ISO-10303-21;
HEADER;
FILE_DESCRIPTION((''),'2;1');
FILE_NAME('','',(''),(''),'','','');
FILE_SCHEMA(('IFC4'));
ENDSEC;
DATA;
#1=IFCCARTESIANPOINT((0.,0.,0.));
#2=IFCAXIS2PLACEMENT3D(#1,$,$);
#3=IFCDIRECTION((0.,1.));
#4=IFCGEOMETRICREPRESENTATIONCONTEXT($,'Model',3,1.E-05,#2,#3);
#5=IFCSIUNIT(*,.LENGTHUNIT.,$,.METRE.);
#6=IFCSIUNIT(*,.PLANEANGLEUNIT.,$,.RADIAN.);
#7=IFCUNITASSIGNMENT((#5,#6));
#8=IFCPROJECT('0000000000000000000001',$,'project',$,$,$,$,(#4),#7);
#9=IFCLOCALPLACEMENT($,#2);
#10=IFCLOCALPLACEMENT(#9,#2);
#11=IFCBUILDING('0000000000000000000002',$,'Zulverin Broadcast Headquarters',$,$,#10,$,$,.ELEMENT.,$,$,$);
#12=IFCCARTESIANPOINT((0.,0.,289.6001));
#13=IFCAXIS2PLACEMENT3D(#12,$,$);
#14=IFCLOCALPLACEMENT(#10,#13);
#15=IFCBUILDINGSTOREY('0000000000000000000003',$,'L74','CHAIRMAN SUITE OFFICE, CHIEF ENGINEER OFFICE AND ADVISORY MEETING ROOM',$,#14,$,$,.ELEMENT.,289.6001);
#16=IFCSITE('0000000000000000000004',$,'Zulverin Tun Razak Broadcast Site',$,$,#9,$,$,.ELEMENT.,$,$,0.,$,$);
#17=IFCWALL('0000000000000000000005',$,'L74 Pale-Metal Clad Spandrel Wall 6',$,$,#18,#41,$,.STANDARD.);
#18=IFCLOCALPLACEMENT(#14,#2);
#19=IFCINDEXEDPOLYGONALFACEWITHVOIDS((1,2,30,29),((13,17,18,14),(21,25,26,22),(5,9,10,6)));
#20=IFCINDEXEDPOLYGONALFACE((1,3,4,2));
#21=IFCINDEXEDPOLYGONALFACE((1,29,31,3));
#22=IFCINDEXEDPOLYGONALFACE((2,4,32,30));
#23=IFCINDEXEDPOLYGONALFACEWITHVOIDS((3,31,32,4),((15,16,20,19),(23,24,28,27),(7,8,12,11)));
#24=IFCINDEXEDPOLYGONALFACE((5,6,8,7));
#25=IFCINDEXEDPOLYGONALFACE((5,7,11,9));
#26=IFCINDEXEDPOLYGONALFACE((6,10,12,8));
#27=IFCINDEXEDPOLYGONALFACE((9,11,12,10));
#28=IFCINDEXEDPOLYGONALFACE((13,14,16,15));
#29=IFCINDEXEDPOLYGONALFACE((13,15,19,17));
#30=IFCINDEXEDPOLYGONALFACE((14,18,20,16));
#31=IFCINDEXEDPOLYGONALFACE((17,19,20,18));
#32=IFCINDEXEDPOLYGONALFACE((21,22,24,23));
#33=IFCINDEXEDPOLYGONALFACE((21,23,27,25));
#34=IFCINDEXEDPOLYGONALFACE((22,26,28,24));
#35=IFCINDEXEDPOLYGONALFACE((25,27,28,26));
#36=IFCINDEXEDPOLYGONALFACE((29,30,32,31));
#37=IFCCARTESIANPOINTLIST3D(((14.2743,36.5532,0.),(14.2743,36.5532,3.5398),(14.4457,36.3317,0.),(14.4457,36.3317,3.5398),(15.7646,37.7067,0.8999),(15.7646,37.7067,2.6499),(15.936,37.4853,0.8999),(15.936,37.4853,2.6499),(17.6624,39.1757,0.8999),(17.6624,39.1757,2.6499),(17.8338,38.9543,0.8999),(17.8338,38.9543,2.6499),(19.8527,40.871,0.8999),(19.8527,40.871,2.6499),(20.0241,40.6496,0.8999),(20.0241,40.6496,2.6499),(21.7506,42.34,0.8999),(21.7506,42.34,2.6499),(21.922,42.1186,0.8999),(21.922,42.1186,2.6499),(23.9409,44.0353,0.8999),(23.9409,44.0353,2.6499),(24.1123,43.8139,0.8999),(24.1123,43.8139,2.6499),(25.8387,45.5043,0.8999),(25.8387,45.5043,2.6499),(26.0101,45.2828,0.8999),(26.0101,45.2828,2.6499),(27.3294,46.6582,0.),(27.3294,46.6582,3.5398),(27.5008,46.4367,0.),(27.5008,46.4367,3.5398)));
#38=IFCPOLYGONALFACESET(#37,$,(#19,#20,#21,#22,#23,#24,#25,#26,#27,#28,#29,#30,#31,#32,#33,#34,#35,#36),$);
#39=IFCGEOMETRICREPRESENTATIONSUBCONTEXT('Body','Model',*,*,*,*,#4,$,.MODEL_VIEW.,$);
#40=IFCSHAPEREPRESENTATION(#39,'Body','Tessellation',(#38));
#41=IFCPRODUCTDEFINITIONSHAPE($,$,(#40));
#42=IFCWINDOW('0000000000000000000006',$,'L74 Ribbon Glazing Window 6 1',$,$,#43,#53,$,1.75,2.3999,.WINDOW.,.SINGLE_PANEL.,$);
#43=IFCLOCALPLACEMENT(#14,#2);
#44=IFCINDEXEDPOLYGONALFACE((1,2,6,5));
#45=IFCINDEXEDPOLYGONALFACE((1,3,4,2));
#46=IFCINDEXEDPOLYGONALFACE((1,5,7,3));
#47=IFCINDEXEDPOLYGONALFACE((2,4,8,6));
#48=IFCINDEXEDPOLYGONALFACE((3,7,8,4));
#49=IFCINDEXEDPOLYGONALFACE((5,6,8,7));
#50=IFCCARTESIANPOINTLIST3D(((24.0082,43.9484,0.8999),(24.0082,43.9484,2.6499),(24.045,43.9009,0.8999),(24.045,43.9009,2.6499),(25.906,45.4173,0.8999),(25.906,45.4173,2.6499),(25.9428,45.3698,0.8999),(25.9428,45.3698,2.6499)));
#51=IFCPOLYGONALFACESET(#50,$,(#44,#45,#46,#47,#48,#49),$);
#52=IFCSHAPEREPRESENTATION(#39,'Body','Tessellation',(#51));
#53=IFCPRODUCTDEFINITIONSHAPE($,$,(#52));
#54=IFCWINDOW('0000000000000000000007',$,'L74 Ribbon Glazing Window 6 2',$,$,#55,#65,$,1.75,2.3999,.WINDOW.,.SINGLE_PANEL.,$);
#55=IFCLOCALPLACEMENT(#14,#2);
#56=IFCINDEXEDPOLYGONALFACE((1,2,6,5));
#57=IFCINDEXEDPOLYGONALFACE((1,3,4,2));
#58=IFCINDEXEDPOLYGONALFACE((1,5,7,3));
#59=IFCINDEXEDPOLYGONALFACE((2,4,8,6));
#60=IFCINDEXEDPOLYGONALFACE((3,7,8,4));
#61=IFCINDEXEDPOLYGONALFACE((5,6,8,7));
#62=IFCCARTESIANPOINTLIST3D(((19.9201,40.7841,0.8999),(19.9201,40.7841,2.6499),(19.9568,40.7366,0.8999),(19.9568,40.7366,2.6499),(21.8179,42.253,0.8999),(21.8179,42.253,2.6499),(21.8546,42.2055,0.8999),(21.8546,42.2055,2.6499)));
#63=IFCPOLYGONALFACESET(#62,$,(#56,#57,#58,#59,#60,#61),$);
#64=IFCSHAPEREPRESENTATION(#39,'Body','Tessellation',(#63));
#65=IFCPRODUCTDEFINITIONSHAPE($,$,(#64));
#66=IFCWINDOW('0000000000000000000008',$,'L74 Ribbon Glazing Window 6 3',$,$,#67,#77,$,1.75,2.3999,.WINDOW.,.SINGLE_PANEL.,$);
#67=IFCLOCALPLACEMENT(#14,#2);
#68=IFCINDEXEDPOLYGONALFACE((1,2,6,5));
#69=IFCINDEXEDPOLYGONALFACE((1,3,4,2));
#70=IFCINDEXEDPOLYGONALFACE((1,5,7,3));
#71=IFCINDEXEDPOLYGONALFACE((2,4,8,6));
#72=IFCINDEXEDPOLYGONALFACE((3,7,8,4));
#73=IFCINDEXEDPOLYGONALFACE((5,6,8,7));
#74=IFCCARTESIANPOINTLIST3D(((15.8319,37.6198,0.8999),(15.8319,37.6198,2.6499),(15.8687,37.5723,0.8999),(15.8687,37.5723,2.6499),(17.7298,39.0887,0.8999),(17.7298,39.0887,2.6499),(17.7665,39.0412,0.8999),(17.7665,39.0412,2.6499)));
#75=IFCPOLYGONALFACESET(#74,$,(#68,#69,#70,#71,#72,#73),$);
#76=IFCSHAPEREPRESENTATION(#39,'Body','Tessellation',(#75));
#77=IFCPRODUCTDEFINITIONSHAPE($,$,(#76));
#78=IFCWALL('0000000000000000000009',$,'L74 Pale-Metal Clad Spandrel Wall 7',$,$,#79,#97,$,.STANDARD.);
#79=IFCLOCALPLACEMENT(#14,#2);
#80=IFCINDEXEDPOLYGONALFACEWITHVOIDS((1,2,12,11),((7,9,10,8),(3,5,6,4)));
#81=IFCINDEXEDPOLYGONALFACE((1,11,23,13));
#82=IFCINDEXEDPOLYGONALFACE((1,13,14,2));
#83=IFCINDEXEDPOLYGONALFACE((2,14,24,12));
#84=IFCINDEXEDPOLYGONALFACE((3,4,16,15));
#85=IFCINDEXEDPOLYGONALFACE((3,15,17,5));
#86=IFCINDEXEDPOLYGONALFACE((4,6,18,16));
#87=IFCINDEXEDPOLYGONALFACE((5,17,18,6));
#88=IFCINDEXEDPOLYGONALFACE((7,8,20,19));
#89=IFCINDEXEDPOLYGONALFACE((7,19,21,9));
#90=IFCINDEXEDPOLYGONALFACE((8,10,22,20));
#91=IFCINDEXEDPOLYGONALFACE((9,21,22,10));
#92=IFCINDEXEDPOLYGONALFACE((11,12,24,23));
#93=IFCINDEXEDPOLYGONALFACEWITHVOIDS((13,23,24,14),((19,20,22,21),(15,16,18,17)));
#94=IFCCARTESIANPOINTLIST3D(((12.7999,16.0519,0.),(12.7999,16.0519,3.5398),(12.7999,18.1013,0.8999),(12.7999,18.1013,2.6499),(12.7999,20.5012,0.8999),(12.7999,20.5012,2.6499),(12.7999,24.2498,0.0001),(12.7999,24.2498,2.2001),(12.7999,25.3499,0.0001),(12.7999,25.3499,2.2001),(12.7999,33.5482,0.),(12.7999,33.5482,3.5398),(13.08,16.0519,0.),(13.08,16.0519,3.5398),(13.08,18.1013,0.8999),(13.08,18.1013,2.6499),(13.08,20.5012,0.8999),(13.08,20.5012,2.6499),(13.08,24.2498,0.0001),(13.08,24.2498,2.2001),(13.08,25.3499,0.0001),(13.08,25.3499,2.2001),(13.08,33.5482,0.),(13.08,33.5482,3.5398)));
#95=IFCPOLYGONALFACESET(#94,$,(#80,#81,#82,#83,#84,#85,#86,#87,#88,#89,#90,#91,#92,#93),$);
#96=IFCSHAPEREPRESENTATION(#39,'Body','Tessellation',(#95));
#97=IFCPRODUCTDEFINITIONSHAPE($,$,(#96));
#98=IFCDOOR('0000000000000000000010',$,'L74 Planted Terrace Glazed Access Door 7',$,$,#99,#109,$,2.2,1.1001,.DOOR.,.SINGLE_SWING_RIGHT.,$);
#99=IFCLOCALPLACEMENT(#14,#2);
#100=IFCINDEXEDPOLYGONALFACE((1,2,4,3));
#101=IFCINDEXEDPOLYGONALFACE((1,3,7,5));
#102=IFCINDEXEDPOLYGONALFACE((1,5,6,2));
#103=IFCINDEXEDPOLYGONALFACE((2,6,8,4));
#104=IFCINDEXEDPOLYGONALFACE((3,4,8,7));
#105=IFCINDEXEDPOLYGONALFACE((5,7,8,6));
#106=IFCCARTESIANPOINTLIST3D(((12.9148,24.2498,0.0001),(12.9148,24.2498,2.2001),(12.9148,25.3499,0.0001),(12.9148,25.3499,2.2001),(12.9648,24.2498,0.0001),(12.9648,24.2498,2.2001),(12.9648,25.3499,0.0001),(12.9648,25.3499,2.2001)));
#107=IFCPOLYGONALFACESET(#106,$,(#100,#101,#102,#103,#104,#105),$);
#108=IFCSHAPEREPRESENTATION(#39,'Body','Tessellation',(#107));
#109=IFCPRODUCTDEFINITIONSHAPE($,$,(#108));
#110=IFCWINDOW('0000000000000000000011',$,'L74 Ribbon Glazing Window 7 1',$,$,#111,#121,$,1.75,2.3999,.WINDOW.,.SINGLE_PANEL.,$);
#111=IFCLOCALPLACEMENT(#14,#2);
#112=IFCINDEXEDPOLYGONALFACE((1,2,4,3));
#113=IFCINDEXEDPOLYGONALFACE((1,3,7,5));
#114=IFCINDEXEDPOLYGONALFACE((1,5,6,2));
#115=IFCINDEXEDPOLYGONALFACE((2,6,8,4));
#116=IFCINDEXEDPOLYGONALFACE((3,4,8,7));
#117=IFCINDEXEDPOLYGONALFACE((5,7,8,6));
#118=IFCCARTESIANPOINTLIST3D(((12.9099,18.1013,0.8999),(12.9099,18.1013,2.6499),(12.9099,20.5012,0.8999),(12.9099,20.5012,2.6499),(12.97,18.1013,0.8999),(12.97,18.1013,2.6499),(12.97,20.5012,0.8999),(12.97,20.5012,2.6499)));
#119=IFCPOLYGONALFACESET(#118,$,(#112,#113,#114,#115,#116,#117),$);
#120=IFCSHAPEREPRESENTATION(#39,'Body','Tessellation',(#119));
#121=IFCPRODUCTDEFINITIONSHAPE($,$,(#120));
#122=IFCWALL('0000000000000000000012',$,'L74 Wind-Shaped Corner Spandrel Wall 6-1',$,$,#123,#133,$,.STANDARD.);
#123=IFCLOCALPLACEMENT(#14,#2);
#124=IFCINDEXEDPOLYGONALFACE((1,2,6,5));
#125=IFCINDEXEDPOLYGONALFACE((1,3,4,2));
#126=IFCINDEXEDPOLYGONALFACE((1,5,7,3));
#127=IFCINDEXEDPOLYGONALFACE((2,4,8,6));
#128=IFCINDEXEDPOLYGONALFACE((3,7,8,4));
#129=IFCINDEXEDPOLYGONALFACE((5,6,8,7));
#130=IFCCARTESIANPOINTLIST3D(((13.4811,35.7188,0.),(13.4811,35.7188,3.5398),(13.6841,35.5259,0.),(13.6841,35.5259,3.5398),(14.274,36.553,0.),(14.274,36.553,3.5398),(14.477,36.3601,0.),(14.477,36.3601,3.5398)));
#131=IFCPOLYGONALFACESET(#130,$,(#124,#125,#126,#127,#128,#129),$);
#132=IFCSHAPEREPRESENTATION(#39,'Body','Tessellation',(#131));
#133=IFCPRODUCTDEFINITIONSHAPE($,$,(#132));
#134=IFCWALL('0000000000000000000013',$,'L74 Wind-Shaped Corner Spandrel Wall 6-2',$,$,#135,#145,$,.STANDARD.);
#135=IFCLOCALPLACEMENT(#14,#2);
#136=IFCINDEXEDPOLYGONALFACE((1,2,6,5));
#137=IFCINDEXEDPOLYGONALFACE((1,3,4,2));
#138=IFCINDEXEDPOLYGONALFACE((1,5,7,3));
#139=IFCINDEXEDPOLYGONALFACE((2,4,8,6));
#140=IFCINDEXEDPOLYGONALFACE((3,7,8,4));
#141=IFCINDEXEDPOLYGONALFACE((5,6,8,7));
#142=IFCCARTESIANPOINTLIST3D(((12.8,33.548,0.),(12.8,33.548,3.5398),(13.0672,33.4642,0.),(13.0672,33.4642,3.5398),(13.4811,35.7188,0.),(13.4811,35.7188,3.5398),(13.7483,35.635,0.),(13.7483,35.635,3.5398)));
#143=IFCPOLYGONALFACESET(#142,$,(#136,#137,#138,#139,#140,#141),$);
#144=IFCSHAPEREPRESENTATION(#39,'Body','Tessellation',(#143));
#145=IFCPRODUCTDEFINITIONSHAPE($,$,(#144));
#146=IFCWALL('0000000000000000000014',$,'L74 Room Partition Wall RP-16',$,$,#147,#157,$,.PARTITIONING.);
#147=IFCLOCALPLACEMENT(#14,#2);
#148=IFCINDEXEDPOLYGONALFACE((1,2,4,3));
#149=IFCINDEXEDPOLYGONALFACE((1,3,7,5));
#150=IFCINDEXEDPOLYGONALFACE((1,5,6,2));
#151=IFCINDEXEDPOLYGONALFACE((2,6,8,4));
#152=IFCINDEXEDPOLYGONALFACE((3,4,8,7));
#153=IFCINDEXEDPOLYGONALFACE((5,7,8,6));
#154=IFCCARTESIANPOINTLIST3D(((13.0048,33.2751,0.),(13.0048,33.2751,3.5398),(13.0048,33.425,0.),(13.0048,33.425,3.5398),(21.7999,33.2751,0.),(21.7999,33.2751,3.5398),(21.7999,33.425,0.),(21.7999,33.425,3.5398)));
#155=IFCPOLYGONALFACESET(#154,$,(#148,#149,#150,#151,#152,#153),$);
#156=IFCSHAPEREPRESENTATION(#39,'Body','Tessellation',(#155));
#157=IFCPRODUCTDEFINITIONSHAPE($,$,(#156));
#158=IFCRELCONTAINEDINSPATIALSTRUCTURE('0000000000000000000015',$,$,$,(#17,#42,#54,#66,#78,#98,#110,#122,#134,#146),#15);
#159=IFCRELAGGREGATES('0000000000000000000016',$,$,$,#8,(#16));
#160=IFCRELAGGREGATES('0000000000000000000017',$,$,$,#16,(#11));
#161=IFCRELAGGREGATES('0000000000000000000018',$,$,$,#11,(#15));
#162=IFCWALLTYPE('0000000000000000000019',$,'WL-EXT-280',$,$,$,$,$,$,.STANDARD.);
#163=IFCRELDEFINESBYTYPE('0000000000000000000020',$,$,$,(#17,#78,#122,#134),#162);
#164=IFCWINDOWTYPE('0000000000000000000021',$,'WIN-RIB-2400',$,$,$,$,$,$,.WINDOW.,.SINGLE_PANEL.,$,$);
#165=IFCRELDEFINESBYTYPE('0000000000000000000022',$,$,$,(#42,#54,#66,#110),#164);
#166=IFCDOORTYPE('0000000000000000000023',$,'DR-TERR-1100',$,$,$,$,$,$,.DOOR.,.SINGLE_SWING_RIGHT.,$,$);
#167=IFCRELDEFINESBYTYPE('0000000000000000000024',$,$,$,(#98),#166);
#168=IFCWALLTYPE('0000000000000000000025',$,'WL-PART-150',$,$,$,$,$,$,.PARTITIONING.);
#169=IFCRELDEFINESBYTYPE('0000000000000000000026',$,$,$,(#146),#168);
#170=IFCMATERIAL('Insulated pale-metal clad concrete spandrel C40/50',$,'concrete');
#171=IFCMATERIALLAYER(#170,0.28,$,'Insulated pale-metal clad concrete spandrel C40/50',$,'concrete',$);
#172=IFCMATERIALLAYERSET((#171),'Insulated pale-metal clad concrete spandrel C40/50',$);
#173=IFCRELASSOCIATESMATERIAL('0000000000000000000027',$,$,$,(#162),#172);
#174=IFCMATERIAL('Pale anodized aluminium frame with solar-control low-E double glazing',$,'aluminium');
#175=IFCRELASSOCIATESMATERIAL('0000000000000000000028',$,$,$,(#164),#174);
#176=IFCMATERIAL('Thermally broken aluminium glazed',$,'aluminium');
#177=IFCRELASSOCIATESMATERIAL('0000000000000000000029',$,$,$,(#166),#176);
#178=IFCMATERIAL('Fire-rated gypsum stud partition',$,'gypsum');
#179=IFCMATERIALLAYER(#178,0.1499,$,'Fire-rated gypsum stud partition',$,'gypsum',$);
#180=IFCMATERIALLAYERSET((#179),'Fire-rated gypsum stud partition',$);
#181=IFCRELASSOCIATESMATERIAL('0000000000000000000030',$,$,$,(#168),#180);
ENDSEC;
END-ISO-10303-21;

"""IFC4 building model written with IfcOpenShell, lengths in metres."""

from ifc_helpers import new_model, si_unit, direction, frame, frame_2d, origin, place, context, subcontext, project, spatial, rectangle, extrude, material, layer, layer_set, type_object, element, fill, save


model = new_model("IFC4")

# Units and contexts
model_context = context("Model", 3, precision=1e-05, world=origin(), true_north=direction((0.0, 1.0)))
body_context = subcontext(model_context, "Body", "Model", "MODEL_VIEW")
ifc_project = project(units=[si_unit("LENGTHUNIT", "METRE"), si_unit("PLANEANGLEUNIT", "RADIAN")], contexts=[model_context])

# Site, building, storey
site_placement = place(None, origin())
site = spatial("IfcSite", under=ifc_project, at=site_placement, Name="Zulverin Tun Razak Broadcast Site", CompositionType="ELEMENT", RefElevation=0.0)
building_placement = place(site_placement, origin())
building = spatial("IfcBuilding", under=site, at=building_placement, Name="Zulverin Broadcast Headquarters", CompositionType="ELEMENT")
storey_placement = place(building_placement, frame((0.0, 0.0, 289.6001)))
storey = spatial("IfcBuildingStorey", under=building, at=storey_placement, Name="L74", Description="CHAIRMAN SUITE OFFICE, CHIEF ENGINEER OFFICE AND ADVISORY MEETING ROOM", CompositionType="ELEMENT", Elevation=289.6001)

# Wall, openings, windows
ifc_material_1 = material(Name="Insulated pale-metal clad concrete spandrel C40/50", Category="concrete")
ifc_layer_1 = layer(ifc_material_1, 0.28, Name="Insulated pale-metal clad concrete spandrel C40/50", Category="concrete")
ifc_layer_set_1 = layer_set([ifc_layer_1], Name="Insulated pale-metal clad concrete spandrel C40/50")
wall_type_1 = type_object("IfcWallType", Name="WL-EXT-280", PredefinedType="STANDARD", material=ifc_layer_set_1)
wall_1_placement = place(storey_placement, frame((27.415, 46.5474, 0.0), z_axis=(0.0, 0.0, 1.0), x_axis=(-0.79079, -0.612088, 0.0)))
wall_1 = element("IfcWall", 1, at=wall_1_placement, inside=storey, type_object=wall_type_1, Name="L74 Pale-Metal Clad Spandrel Wall 6", PredefinedType="STANDARD", context=body_context, shape_type="SweptSolid", body=[
    extrude(rectangle(XDim=16.509, YDim=0.28, at=frame_2d((8.2544, 0.0))), origin(), (0.0, 0.0, 1.0), 3.5398),
])
opening_1_placement = place(wall_1_placement, frame((1.885, 0.0, 0.8999)))
opening_1 = element("IfcOpeningElement", 2, at=opening_1_placement, cuts=wall_1, PredefinedType="OPENING", context=body_context, shape_type="SweptSolid", body=[
    extrude(rectangle(XDim=2.3999, YDim=1.75, at=frame_2d((1.2, 0.875))), frame((0.0, 0.1499, 0.0), z_axis=(0.0, -1.0, 0.0), x_axis=(1.0, 0.0, 0.0)), (0.0, 0.0, 1.0), 0.3),
])
opening_2_placement = place(wall_1_placement, frame((7.0547, 0.0, 0.8999)))
opening_2 = element("IfcOpeningElement", 3, at=opening_2_placement, cuts=wall_1, PredefinedType="OPENING", context=body_context, shape_type="SweptSolid", body=[
    extrude(rectangle(XDim=2.3999, YDim=1.75, at=frame_2d((1.2, 0.875))), frame((0.0, 0.1499, 0.0), z_axis=(0.0, -1.0, 0.0), x_axis=(1.0, 0.0, 0.0)), (0.0, 0.0, 1.0), 0.3),
])
opening_3_placement = place(wall_1_placement, frame((12.2244, 0.0, 0.8999)))
opening_3 = element("IfcOpeningElement", 4, at=opening_3_placement, cuts=wall_1, PredefinedType="OPENING", context=body_context, shape_type="SweptSolid", body=[
    extrude(rectangle(XDim=2.3999, YDim=1.75, at=frame_2d((1.2, 0.875))), frame((0.0, 0.1499, 0.0), z_axis=(0.0, -1.0, 0.0), x_axis=(1.0, 0.0, 0.0)), (0.0, 0.0, 1.0), 0.3),
])
ifc_material_2 = material(Name="Pale anodized aluminium frame with solar-control low-E double glazing", Category="aluminium")
window_type = type_object("IfcWindowType", Name="WIN-RIB-2400", PartitioningType="SINGLE_PANEL", PredefinedType="WINDOW", material=ifc_material_2)
window_1_placement = place(opening_1_placement, origin())
window_1 = element("IfcWindow", 5, at=window_1_placement, inside=storey, type_object=window_type, Name="L74 Ribbon Glazing Window 6 1", OverallHeight=1.75, OverallWidth=2.3999, PartitioningType="SINGLE_PANEL", PredefinedType="WINDOW", context=body_context, shape_type="SweptSolid", body=[
    extrude(rectangle(XDim=2.3999, YDim=1.75, at=frame_2d((1.2, 0.875))), frame((0.0, 0.03, 0.0), z_axis=(0.0, -1.0, 0.0), x_axis=(1.0, 0.0, 0.0)), (0.0, 0.0, 1.0), 0.0601),
])
fill(opening_1, window_1)
window_2_placement = place(opening_2_placement, origin())
window_2 = element("IfcWindow", 6, at=window_2_placement, inside=storey, type_object=window_type, Name="L74 Ribbon Glazing Window 6 2", OverallHeight=1.75, OverallWidth=2.3999, PartitioningType="SINGLE_PANEL", PredefinedType="WINDOW", context=body_context, shape_type="SweptSolid", body=[
    extrude(rectangle(XDim=2.3999, YDim=1.75, at=frame_2d((1.2, 0.875))), frame((0.0, 0.03, 0.0), z_axis=(0.0, -1.0, 0.0), x_axis=(1.0, 0.0, 0.0)), (0.0, 0.0, 1.0), 0.0601),
])
fill(opening_2, window_2)
window_3_placement = place(opening_3_placement, origin())
window_3 = element("IfcWindow", 7, at=window_3_placement, inside=storey, type_object=window_type, Name="L74 Ribbon Glazing Window 6 3", OverallHeight=1.75, OverallWidth=2.3999, PartitioningType="SINGLE_PANEL", PredefinedType="WINDOW", context=body_context, shape_type="SweptSolid", body=[
    extrude(rectangle(XDim=2.3999, YDim=1.75, at=frame_2d((1.2, 0.875))), frame((0.0, 0.03, 0.0), z_axis=(0.0, -1.0, 0.0), x_axis=(1.0, 0.0, 0.0)), (0.0, 0.0, 1.0), 0.0601),
])
fill(opening_3, window_3)

# Wall, openings, door, window
wall_2_placement = place(storey_placement, frame((12.9399, 33.5481, 0.0), z_axis=(0.0, 0.0, 1.0), x_axis=(0.0, -1.0, 0.0)))
wall_2 = element("IfcWall", 8, at=wall_2_placement, inside=storey, type_object=wall_type_1, Name="L74 Pale-Metal Clad Spandrel Wall 7", PredefinedType="STANDARD", context=body_context, shape_type="SweptSolid", body=[
    extrude(rectangle(XDim=17.4963, YDim=0.28, at=frame_2d((8.748, 0.0))), origin(), (0.0, 0.0, 1.0), 3.5398),
])
opening_4_placement = place(wall_2_placement, frame((8.1982, 0.0, 0.0)))
opening_4 = element("IfcOpeningElement", 9, at=opening_4_placement, cuts=wall_2, PredefinedType="OPENING", context=body_context, shape_type="SweptSolid", body=[
    extrude(rectangle(XDim=1.1001, YDim=2.2, at=frame_2d((0.55, 1.1001))), frame((0.0, 0.1499, 0.0), z_axis=(0.0, -1.0, 0.0), x_axis=(1.0, 0.0, 0.0)), (0.0, 0.0, 1.0), 0.3),
])
opening_5_placement = place(wall_2_placement, frame((13.0469, 0.0, 0.8999)))
opening_5 = element("IfcOpeningElement", 10, at=opening_5_placement, cuts=wall_2, PredefinedType="OPENING", context=body_context, shape_type="SweptSolid", body=[
    extrude(rectangle(XDim=2.3999, YDim=1.75, at=frame_2d((1.2, 0.875))), frame((0.0, 0.1499, 0.0), z_axis=(0.0, -1.0, 0.0), x_axis=(1.0, 0.0, 0.0)), (0.0, 0.0, 1.0), 0.3),
])
ifc_material_3 = material(Name="Thermally broken aluminium glazed", Category="aluminium")
door_type_1 = type_object("IfcDoorType", Name="DR-TERR-1100", OperationType="SINGLE_SWING_RIGHT", PredefinedType="DOOR", material=ifc_material_3)
door_1_placement = place(opening_4_placement, origin())
door_1 = element("IfcDoor", 11, at=door_1_placement, inside=storey, type_object=door_type_1, Name="L74 Planted Terrace Glazed Access Door 7", OperationType="SINGLE_SWING_RIGHT", OverallHeight=2.2, OverallWidth=1.1001, PredefinedType="DOOR", context=body_context, shape_type="SweptSolid", body=[
    extrude(rectangle(XDim=1.1001, YDim=2.2, at=frame_2d((0.55, 1.1001))), frame((0.0, 0.0249, 0.0), z_axis=(0.0, -1.0, 0.0), x_axis=(1.0, 0.0, 0.0)), (0.0, 0.0, 1.0), 0.05),
])
fill(opening_4, door_1)
window_4_placement = place(opening_5_placement, origin())
window_4 = element("IfcWindow", 12, at=window_4_placement, inside=storey, type_object=window_type, Name="L74 Ribbon Glazing Window 7 1", OverallHeight=1.75, OverallWidth=2.3999, PartitioningType="SINGLE_PANEL", PredefinedType="WINDOW", context=body_context, shape_type="SweptSolid", body=[
    extrude(rectangle(XDim=2.3999, YDim=1.75, at=frame_2d((1.2, 0.875))), frame((0.0, 0.03, 0.0), z_axis=(0.0, -1.0, 0.0), x_axis=(1.0, 0.0, 0.0)), (0.0, 0.0, 1.0), 0.0601),
])
fill(opening_5, window_4)

# Walls
wall_3_placement = place(storey_placement, frame((14.3755, 36.4565, 0.0), z_axis=(0.0, 0.0, 1.0), x_axis=(-0.688956, -0.724803, 0.0)))
element("IfcWall", 13, at=wall_3_placement, inside=storey, type_object=wall_type_1, Name="L74 Wind-Shaped Corner Spandrel Wall 6-1", PredefinedType="STANDARD", context=body_context, shape_type="SweptSolid", body=[
    extrude(rectangle(XDim=1.1509, YDim=0.28, at=frame_2d((0.5754, 0.0))), origin(), (0.0, 0.0, 1.0), 3.5398),
])
wall_4_placement = place(storey_placement, frame((13.6147, 35.677, 0.0), z_axis=(0.0, 0.0, 1.0), x_axis=(-0.299375, -0.954136, 0.0)))
element("IfcWall", 14, at=wall_4_placement, inside=storey, type_object=wall_type_1, Name="L74 Wind-Shaped Corner Spandrel Wall 6-2", PredefinedType="STANDARD", context=body_context, shape_type="SweptSolid", body=[
    extrude(rectangle(XDim=2.2751, YDim=0.28, at=frame_2d((1.1377, 0.0))), origin(), (0.0, 0.0, 1.0), 3.5398),
])
ifc_material_4 = material(Name="Fire-rated gypsum stud partition", Category="gypsum")
ifc_layer_2 = layer(ifc_material_4, 0.1499, Name="Fire-rated gypsum stud partition", Category="gypsum")
ifc_layer_set_2 = layer_set([ifc_layer_2], Name="Fire-rated gypsum stud partition")
wall_type_2 = type_object("IfcWallType", Name="WL-PART-150", PredefinedType="PARTITIONING", material=ifc_layer_set_2)
wall_5_placement = place(storey_placement, frame((13.0049, 33.3501, 0.0), z_axis=(0.0, 0.0, 1.0), x_axis=(1.0, 0.0, 0.0)))
element("IfcWall", 15, at=wall_5_placement, inside=storey, type_object=wall_type_2, Name="L74 Room Partition Wall RP-16", PredefinedType="PARTITIONING", context=body_context, shape_type="SweptSolid", body=[
    extrude(rectangle(XDim=8.7952, YDim=0.1499, at=frame_2d((4.3975, 0.0))), origin(), (0.0, 0.0, 1.0), 3.5398),
])

save(model, "model.ifc")
